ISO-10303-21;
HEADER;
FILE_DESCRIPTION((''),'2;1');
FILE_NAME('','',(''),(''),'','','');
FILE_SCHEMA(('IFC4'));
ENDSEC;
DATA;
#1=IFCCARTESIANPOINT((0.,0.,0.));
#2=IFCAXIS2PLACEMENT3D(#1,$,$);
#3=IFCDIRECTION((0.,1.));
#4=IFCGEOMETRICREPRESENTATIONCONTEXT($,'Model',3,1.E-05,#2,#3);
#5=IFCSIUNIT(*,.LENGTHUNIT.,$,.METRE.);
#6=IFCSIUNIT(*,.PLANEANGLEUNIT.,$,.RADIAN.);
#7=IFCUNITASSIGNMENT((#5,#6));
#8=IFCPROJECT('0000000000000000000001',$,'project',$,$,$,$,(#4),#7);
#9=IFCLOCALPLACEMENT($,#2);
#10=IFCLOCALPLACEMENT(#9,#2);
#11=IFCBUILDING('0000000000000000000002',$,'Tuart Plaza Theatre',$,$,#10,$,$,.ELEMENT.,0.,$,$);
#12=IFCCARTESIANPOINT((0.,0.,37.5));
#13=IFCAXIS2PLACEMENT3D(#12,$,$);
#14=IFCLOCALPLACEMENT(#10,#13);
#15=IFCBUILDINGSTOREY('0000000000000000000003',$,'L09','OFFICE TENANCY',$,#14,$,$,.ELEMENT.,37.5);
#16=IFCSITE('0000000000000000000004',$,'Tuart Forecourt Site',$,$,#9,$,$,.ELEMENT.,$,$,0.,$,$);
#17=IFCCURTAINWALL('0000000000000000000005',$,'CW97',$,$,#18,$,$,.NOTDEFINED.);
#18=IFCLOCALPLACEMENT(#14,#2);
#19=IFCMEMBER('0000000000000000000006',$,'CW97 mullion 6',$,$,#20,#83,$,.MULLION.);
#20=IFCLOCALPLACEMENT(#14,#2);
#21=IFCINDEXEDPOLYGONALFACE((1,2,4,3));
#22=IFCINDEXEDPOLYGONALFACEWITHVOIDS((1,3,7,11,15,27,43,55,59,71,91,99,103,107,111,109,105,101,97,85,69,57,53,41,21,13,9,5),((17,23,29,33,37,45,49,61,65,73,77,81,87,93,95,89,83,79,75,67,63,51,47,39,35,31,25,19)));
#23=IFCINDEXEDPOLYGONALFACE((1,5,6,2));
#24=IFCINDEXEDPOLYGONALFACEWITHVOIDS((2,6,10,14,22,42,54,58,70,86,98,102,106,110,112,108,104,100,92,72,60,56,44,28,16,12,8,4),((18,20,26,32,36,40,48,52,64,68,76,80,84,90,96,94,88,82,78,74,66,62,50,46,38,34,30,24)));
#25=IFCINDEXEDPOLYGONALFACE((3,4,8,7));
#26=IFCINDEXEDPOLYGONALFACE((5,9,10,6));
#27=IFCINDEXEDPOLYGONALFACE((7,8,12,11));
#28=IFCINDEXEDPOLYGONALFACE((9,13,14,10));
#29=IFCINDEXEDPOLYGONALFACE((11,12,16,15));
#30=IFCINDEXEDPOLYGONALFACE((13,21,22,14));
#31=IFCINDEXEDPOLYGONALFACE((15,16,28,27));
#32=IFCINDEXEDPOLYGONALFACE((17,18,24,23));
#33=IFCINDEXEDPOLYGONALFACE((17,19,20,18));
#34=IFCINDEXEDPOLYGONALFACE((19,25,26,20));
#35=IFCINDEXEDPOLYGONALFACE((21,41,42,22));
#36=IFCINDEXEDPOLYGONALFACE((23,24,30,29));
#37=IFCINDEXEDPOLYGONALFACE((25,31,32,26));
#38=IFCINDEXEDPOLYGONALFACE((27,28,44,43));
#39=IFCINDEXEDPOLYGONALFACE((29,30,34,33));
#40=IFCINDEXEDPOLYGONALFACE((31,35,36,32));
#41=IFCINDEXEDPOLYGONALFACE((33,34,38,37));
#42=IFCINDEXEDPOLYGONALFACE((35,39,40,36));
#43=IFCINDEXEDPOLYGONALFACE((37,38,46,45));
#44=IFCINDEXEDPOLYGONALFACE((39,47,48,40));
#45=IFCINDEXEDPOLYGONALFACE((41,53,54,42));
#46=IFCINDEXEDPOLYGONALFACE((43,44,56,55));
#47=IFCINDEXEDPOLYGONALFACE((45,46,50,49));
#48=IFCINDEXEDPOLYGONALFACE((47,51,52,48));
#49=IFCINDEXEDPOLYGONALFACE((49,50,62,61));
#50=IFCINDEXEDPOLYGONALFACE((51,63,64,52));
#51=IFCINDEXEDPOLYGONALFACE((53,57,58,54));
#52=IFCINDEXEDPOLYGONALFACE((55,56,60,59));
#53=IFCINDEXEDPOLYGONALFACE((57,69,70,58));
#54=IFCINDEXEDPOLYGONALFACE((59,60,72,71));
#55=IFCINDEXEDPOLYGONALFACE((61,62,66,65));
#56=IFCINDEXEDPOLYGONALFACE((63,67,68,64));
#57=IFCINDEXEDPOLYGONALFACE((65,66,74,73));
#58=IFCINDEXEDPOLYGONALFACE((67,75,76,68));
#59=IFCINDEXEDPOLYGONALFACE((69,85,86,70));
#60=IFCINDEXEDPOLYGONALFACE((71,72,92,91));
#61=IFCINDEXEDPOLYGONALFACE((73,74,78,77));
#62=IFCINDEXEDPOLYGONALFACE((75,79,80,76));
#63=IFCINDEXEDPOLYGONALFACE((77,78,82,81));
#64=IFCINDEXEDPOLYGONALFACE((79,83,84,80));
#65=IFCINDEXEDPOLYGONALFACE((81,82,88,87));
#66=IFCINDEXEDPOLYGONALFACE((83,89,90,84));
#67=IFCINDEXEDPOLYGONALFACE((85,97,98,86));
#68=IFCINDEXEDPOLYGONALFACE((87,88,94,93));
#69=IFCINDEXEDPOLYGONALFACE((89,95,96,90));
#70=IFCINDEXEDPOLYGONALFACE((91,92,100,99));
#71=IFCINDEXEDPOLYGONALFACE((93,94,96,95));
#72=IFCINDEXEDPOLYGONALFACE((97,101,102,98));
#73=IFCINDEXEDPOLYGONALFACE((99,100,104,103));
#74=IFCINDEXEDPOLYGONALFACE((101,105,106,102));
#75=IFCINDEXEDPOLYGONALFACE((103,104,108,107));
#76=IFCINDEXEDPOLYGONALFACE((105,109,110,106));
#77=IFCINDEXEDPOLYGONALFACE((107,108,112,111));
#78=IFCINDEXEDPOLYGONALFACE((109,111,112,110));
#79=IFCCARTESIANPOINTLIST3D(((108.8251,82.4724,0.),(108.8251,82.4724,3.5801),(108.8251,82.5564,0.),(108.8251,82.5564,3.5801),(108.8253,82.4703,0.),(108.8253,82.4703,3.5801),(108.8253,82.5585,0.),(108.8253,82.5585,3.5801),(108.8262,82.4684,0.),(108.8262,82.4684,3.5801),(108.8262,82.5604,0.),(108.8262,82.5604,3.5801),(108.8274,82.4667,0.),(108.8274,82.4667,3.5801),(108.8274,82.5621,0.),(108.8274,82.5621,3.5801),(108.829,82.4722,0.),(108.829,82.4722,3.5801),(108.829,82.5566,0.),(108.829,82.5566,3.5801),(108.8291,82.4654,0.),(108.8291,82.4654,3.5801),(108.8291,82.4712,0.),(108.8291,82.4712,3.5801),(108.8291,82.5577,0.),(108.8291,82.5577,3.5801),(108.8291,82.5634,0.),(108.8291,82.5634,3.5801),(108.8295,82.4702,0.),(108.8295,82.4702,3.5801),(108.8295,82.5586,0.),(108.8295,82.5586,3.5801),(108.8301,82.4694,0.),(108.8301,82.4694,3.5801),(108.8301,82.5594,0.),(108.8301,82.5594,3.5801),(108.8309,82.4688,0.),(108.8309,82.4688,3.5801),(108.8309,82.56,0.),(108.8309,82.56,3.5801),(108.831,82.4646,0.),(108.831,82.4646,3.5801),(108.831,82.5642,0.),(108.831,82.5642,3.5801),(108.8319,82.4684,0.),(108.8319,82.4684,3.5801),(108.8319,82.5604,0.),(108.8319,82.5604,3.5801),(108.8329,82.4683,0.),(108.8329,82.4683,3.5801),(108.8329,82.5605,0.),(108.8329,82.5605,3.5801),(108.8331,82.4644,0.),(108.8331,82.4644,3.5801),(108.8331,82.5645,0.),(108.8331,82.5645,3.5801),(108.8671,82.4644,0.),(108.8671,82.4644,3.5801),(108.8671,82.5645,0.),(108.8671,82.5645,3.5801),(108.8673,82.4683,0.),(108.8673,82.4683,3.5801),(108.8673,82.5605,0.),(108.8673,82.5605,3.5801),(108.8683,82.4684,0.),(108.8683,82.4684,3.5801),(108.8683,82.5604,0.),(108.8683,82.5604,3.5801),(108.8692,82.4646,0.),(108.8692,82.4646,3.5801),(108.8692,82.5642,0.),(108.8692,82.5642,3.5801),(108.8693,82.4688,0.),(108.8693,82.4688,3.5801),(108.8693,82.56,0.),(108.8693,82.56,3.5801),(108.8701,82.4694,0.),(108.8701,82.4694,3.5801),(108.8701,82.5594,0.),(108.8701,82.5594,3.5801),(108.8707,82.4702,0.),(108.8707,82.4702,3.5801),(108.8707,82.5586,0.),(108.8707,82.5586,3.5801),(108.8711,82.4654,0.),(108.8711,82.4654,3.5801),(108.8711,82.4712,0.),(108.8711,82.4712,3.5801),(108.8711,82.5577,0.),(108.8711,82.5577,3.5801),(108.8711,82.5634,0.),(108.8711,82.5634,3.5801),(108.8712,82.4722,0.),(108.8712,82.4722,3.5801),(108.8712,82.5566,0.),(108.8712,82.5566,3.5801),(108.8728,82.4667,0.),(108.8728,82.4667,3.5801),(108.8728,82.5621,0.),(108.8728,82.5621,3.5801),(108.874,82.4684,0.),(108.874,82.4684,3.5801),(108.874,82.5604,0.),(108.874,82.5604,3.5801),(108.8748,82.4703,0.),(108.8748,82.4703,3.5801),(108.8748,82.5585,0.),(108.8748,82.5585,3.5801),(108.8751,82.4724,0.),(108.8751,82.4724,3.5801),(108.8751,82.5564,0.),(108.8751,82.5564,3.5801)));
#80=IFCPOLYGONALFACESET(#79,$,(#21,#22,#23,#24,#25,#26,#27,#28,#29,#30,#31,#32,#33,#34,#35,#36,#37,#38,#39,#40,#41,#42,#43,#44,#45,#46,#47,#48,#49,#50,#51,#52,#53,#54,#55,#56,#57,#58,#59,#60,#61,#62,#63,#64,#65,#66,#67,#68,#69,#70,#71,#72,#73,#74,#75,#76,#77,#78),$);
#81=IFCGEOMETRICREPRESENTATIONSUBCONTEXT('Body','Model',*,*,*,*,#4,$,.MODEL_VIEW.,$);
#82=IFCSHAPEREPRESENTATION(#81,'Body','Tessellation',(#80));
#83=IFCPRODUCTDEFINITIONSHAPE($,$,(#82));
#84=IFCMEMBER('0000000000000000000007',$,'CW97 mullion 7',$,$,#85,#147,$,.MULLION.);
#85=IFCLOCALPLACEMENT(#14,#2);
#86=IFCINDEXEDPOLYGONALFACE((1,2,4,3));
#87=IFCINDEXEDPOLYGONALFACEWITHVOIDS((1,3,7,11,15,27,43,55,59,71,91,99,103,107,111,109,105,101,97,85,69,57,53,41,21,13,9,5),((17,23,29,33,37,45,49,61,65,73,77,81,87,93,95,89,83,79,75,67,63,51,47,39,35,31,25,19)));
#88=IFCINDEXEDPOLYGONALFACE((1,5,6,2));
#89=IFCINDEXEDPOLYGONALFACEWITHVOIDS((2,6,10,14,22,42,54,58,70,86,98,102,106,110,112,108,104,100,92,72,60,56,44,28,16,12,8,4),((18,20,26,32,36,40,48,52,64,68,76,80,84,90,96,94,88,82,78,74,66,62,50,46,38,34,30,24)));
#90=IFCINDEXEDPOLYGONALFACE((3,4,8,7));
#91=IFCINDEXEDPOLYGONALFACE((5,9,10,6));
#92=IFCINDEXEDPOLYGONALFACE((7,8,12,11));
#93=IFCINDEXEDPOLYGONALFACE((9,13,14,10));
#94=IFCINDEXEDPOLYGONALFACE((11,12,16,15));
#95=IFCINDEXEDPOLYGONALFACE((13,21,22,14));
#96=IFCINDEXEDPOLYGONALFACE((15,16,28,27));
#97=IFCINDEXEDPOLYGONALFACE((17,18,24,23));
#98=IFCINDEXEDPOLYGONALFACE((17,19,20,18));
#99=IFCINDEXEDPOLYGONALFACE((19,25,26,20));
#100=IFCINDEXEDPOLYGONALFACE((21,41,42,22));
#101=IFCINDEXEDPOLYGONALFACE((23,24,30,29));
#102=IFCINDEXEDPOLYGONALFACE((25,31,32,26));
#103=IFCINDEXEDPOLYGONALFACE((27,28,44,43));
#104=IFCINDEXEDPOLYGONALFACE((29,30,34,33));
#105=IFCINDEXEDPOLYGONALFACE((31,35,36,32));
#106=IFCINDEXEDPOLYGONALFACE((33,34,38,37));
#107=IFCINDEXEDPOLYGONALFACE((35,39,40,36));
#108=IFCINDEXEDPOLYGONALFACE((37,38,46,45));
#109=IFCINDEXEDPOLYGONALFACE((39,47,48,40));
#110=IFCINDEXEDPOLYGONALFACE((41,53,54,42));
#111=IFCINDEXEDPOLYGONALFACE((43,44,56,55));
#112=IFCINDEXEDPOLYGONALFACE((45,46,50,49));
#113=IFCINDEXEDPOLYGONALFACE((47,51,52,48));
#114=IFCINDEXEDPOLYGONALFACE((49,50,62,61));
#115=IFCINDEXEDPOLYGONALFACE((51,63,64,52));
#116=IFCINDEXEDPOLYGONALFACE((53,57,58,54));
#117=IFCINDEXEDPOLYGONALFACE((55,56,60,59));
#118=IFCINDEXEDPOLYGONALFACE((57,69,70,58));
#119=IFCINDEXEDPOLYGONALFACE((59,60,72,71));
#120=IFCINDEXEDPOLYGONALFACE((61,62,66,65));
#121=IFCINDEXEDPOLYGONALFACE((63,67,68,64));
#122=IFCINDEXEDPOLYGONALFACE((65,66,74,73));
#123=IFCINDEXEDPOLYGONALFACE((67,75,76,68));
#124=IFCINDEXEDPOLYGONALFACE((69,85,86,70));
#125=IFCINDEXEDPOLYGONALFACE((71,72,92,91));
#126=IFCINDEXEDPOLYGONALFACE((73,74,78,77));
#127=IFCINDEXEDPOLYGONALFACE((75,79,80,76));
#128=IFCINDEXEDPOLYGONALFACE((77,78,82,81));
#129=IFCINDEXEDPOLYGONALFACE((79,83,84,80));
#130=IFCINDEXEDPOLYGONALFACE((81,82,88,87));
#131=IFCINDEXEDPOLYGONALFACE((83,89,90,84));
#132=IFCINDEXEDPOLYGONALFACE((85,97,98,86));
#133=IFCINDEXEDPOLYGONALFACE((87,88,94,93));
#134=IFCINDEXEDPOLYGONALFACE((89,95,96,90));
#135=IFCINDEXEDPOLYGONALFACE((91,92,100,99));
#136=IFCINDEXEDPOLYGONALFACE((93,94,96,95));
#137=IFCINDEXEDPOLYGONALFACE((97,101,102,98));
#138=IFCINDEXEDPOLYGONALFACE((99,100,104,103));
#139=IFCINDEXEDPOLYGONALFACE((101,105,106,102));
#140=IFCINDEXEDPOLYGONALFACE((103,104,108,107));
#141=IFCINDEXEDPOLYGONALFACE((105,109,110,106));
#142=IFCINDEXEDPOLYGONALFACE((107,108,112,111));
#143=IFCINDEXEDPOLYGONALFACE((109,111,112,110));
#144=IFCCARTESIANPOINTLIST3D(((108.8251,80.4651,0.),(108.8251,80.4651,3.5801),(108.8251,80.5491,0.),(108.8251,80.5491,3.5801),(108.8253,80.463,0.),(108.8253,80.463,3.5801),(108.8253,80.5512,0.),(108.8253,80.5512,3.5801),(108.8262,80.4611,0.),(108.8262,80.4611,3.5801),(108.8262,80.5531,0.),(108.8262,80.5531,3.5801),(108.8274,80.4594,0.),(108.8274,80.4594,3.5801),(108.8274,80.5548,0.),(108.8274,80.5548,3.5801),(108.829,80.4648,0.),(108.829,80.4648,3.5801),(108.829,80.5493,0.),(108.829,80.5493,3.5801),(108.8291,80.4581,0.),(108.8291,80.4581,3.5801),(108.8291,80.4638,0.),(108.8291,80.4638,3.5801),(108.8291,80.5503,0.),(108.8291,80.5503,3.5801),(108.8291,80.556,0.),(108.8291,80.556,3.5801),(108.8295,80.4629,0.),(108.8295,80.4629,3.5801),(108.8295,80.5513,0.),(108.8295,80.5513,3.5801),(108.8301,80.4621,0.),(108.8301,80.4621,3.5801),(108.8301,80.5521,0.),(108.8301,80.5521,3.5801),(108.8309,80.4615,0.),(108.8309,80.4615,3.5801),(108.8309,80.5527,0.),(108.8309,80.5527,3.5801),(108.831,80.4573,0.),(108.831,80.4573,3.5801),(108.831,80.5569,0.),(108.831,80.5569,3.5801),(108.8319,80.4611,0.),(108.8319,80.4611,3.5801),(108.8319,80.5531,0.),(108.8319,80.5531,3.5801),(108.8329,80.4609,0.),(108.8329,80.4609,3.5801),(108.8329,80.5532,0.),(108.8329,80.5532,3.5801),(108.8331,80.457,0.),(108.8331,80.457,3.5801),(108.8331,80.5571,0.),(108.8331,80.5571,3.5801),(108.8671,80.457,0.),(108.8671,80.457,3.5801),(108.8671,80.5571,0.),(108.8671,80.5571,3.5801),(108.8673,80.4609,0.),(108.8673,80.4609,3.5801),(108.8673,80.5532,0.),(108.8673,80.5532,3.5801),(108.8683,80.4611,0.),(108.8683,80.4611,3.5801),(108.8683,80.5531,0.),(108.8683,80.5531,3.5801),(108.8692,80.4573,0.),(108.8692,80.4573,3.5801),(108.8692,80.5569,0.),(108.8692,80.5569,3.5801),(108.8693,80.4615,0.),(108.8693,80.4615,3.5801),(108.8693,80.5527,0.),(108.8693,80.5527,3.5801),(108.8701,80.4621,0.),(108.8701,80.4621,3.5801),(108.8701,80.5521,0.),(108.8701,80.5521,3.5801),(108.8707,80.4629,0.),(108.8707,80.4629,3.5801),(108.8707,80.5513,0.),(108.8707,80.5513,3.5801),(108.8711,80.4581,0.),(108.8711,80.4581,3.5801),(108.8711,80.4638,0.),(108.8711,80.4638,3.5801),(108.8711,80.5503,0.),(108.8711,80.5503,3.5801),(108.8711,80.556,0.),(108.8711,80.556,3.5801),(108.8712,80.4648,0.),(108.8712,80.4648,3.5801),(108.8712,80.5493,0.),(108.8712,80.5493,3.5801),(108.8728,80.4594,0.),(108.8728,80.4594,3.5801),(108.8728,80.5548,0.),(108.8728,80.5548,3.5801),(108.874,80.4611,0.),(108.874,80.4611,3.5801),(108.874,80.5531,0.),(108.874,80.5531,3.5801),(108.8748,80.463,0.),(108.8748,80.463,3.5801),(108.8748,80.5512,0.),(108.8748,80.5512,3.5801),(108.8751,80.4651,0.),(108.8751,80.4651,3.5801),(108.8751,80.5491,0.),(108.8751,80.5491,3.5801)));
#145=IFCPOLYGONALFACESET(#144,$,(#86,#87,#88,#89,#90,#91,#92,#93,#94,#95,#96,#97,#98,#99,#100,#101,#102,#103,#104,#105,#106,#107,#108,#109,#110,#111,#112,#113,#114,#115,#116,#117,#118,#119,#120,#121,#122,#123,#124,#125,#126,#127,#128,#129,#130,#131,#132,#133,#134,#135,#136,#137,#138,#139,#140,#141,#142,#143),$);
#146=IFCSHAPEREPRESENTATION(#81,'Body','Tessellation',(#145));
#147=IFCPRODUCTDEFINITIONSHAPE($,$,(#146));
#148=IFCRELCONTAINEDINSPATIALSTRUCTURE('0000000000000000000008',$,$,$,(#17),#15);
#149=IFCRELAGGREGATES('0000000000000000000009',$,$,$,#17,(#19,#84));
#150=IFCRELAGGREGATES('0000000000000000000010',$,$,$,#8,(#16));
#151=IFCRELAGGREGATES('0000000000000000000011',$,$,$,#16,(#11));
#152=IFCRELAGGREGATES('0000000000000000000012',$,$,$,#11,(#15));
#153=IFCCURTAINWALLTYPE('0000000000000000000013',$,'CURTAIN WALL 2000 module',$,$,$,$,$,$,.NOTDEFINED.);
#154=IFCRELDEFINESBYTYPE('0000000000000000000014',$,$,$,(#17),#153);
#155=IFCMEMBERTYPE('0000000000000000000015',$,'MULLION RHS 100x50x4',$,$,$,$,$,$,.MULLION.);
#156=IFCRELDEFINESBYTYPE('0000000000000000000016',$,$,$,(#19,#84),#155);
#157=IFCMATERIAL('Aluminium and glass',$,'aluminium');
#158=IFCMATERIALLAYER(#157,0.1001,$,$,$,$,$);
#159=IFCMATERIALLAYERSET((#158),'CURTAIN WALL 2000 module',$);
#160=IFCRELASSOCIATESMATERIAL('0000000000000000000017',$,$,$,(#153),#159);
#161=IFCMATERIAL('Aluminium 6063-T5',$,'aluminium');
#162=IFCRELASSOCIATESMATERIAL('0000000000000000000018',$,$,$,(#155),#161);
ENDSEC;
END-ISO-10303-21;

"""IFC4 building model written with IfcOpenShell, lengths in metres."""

from ifc_helpers import new_model, si_unit, direction, frame, origin, origin_2d, place, context, subcontext, project, spatial, hollow_rectangle, extrude, material, layer, layer_set, material_profile, profile_set, type_object, element, aggregate, save


model = new_model("IFC4")

# Units and contexts
model_context = context("Model", 3, precision=1e-05, world=origin(), true_north=direction((0.0, 1.0)))
body_context = subcontext(model_context, "Body", "Model", "MODEL_VIEW")
ifc_project = project(units=[si_unit("LENGTHUNIT", "METRE"), si_unit("PLANEANGLEUNIT", "RADIAN")], contexts=[model_context])

# Site, building, storey
site_placement = place(None, origin())
site = spatial("IfcSite", under=ifc_project, at=site_placement, Name="Tuart Forecourt Site", CompositionType="ELEMENT", RefElevation=0.0)
building_placement = place(site_placement, origin())
building = spatial("IfcBuilding", under=site, at=building_placement, Name="Tuart Plaza Theatre", CompositionType="ELEMENT", ElevationOfRefHeight=0.0)
storey_placement = place(building_placement, frame((0.0, 0.0, 37.5)))
storey = spatial("IfcBuildingStorey", under=building, at=storey_placement, Name="L09", Description="OFFICE TENANCY", CompositionType="ELEMENT", Elevation=37.5)

# Curtain wall, members
ifc_material_1 = material(Name="Aluminium and glass", Category="aluminium")
ifc_layer_1 = layer(ifc_material_1, 0.1001)
ifc_layer_set_1 = layer_set([ifc_layer_1], Name="CURTAIN WALL 2000 module")
curtain_wall_type = type_object("IfcCurtainWallType", Name="CURTAIN WALL 2000 module", PredefinedType="NOTDEFINED", material=ifc_layer_set_1)
curtain_wall_placement = place(storey_placement, origin())
curtain_wall = element("IfcCurtainWall", 1, at=curtain_wall_placement, inside=storey, type_object=curtain_wall_type, Name="CW97", PredefinedType="NOTDEFINED")
ifc_material_2 = material(Name="Aluminium 6063-T5", Category="aluminium")
ifc_material_profile_1 = material_profile(ifc_material_2, hollow_rectangle(XDim=0.05, YDim=0.1001, WallThickness=0.0039, InnerFilletRadius=0.0039, OuterFilletRadius=0.0081, at=origin_2d()), Name="RHS 100x50x4")
ifc_profile_set_1 = profile_set([ifc_material_profile_1], Name="Aluminium 6063-T5")
member_type_1 = type_object("IfcMemberType", Name="MULLION RHS 100x50x4", PredefinedType="MULLION", material=ifc_profile_set_1)
member_1_placement = place(storey_placement, frame((108.8501, 82.5144, 0.0), z_axis=(0.0, 0.0, 1.0), x_axis=(1.0, 0.0, 0.0)))
member_1 = element("IfcMember", 2, at=member_1_placement, type_object=member_type_1, Name="CW97 mullion 6", PredefinedType="MULLION", context=body_context, shape_type="SweptSolid", body=[
    extrude(hollow_rectangle(XDim=0.05, YDim=0.1001, WallThickness=0.0039, InnerFilletRadius=0.0039, OuterFilletRadius=0.0081, at=origin_2d()), origin(), (0.0, 0.0, 1.0), 3.5801),
])
member_2_placement = place(storey_placement, frame((108.8501, 80.5071, 0.0), z_axis=(0.0, 0.0, 1.0), x_axis=(1.0, 0.0, 0.0)))
member_2 = element("IfcMember", 3, at=member_2_placement, type_object=member_type_1, Name="CW97 mullion 7", PredefinedType="MULLION", context=body_context, shape_type="SweptSolid", body=[
    extrude(hollow_rectangle(XDim=0.05, YDim=0.1001, WallThickness=0.0039, InnerFilletRadius=0.0039, OuterFilletRadius=0.0081, at=origin_2d()), origin(), (0.0, 0.0, 1.0), 3.5801),
])
aggregate(curtain_wall, [member_1, member_2])

save(model, "model.ifc")
